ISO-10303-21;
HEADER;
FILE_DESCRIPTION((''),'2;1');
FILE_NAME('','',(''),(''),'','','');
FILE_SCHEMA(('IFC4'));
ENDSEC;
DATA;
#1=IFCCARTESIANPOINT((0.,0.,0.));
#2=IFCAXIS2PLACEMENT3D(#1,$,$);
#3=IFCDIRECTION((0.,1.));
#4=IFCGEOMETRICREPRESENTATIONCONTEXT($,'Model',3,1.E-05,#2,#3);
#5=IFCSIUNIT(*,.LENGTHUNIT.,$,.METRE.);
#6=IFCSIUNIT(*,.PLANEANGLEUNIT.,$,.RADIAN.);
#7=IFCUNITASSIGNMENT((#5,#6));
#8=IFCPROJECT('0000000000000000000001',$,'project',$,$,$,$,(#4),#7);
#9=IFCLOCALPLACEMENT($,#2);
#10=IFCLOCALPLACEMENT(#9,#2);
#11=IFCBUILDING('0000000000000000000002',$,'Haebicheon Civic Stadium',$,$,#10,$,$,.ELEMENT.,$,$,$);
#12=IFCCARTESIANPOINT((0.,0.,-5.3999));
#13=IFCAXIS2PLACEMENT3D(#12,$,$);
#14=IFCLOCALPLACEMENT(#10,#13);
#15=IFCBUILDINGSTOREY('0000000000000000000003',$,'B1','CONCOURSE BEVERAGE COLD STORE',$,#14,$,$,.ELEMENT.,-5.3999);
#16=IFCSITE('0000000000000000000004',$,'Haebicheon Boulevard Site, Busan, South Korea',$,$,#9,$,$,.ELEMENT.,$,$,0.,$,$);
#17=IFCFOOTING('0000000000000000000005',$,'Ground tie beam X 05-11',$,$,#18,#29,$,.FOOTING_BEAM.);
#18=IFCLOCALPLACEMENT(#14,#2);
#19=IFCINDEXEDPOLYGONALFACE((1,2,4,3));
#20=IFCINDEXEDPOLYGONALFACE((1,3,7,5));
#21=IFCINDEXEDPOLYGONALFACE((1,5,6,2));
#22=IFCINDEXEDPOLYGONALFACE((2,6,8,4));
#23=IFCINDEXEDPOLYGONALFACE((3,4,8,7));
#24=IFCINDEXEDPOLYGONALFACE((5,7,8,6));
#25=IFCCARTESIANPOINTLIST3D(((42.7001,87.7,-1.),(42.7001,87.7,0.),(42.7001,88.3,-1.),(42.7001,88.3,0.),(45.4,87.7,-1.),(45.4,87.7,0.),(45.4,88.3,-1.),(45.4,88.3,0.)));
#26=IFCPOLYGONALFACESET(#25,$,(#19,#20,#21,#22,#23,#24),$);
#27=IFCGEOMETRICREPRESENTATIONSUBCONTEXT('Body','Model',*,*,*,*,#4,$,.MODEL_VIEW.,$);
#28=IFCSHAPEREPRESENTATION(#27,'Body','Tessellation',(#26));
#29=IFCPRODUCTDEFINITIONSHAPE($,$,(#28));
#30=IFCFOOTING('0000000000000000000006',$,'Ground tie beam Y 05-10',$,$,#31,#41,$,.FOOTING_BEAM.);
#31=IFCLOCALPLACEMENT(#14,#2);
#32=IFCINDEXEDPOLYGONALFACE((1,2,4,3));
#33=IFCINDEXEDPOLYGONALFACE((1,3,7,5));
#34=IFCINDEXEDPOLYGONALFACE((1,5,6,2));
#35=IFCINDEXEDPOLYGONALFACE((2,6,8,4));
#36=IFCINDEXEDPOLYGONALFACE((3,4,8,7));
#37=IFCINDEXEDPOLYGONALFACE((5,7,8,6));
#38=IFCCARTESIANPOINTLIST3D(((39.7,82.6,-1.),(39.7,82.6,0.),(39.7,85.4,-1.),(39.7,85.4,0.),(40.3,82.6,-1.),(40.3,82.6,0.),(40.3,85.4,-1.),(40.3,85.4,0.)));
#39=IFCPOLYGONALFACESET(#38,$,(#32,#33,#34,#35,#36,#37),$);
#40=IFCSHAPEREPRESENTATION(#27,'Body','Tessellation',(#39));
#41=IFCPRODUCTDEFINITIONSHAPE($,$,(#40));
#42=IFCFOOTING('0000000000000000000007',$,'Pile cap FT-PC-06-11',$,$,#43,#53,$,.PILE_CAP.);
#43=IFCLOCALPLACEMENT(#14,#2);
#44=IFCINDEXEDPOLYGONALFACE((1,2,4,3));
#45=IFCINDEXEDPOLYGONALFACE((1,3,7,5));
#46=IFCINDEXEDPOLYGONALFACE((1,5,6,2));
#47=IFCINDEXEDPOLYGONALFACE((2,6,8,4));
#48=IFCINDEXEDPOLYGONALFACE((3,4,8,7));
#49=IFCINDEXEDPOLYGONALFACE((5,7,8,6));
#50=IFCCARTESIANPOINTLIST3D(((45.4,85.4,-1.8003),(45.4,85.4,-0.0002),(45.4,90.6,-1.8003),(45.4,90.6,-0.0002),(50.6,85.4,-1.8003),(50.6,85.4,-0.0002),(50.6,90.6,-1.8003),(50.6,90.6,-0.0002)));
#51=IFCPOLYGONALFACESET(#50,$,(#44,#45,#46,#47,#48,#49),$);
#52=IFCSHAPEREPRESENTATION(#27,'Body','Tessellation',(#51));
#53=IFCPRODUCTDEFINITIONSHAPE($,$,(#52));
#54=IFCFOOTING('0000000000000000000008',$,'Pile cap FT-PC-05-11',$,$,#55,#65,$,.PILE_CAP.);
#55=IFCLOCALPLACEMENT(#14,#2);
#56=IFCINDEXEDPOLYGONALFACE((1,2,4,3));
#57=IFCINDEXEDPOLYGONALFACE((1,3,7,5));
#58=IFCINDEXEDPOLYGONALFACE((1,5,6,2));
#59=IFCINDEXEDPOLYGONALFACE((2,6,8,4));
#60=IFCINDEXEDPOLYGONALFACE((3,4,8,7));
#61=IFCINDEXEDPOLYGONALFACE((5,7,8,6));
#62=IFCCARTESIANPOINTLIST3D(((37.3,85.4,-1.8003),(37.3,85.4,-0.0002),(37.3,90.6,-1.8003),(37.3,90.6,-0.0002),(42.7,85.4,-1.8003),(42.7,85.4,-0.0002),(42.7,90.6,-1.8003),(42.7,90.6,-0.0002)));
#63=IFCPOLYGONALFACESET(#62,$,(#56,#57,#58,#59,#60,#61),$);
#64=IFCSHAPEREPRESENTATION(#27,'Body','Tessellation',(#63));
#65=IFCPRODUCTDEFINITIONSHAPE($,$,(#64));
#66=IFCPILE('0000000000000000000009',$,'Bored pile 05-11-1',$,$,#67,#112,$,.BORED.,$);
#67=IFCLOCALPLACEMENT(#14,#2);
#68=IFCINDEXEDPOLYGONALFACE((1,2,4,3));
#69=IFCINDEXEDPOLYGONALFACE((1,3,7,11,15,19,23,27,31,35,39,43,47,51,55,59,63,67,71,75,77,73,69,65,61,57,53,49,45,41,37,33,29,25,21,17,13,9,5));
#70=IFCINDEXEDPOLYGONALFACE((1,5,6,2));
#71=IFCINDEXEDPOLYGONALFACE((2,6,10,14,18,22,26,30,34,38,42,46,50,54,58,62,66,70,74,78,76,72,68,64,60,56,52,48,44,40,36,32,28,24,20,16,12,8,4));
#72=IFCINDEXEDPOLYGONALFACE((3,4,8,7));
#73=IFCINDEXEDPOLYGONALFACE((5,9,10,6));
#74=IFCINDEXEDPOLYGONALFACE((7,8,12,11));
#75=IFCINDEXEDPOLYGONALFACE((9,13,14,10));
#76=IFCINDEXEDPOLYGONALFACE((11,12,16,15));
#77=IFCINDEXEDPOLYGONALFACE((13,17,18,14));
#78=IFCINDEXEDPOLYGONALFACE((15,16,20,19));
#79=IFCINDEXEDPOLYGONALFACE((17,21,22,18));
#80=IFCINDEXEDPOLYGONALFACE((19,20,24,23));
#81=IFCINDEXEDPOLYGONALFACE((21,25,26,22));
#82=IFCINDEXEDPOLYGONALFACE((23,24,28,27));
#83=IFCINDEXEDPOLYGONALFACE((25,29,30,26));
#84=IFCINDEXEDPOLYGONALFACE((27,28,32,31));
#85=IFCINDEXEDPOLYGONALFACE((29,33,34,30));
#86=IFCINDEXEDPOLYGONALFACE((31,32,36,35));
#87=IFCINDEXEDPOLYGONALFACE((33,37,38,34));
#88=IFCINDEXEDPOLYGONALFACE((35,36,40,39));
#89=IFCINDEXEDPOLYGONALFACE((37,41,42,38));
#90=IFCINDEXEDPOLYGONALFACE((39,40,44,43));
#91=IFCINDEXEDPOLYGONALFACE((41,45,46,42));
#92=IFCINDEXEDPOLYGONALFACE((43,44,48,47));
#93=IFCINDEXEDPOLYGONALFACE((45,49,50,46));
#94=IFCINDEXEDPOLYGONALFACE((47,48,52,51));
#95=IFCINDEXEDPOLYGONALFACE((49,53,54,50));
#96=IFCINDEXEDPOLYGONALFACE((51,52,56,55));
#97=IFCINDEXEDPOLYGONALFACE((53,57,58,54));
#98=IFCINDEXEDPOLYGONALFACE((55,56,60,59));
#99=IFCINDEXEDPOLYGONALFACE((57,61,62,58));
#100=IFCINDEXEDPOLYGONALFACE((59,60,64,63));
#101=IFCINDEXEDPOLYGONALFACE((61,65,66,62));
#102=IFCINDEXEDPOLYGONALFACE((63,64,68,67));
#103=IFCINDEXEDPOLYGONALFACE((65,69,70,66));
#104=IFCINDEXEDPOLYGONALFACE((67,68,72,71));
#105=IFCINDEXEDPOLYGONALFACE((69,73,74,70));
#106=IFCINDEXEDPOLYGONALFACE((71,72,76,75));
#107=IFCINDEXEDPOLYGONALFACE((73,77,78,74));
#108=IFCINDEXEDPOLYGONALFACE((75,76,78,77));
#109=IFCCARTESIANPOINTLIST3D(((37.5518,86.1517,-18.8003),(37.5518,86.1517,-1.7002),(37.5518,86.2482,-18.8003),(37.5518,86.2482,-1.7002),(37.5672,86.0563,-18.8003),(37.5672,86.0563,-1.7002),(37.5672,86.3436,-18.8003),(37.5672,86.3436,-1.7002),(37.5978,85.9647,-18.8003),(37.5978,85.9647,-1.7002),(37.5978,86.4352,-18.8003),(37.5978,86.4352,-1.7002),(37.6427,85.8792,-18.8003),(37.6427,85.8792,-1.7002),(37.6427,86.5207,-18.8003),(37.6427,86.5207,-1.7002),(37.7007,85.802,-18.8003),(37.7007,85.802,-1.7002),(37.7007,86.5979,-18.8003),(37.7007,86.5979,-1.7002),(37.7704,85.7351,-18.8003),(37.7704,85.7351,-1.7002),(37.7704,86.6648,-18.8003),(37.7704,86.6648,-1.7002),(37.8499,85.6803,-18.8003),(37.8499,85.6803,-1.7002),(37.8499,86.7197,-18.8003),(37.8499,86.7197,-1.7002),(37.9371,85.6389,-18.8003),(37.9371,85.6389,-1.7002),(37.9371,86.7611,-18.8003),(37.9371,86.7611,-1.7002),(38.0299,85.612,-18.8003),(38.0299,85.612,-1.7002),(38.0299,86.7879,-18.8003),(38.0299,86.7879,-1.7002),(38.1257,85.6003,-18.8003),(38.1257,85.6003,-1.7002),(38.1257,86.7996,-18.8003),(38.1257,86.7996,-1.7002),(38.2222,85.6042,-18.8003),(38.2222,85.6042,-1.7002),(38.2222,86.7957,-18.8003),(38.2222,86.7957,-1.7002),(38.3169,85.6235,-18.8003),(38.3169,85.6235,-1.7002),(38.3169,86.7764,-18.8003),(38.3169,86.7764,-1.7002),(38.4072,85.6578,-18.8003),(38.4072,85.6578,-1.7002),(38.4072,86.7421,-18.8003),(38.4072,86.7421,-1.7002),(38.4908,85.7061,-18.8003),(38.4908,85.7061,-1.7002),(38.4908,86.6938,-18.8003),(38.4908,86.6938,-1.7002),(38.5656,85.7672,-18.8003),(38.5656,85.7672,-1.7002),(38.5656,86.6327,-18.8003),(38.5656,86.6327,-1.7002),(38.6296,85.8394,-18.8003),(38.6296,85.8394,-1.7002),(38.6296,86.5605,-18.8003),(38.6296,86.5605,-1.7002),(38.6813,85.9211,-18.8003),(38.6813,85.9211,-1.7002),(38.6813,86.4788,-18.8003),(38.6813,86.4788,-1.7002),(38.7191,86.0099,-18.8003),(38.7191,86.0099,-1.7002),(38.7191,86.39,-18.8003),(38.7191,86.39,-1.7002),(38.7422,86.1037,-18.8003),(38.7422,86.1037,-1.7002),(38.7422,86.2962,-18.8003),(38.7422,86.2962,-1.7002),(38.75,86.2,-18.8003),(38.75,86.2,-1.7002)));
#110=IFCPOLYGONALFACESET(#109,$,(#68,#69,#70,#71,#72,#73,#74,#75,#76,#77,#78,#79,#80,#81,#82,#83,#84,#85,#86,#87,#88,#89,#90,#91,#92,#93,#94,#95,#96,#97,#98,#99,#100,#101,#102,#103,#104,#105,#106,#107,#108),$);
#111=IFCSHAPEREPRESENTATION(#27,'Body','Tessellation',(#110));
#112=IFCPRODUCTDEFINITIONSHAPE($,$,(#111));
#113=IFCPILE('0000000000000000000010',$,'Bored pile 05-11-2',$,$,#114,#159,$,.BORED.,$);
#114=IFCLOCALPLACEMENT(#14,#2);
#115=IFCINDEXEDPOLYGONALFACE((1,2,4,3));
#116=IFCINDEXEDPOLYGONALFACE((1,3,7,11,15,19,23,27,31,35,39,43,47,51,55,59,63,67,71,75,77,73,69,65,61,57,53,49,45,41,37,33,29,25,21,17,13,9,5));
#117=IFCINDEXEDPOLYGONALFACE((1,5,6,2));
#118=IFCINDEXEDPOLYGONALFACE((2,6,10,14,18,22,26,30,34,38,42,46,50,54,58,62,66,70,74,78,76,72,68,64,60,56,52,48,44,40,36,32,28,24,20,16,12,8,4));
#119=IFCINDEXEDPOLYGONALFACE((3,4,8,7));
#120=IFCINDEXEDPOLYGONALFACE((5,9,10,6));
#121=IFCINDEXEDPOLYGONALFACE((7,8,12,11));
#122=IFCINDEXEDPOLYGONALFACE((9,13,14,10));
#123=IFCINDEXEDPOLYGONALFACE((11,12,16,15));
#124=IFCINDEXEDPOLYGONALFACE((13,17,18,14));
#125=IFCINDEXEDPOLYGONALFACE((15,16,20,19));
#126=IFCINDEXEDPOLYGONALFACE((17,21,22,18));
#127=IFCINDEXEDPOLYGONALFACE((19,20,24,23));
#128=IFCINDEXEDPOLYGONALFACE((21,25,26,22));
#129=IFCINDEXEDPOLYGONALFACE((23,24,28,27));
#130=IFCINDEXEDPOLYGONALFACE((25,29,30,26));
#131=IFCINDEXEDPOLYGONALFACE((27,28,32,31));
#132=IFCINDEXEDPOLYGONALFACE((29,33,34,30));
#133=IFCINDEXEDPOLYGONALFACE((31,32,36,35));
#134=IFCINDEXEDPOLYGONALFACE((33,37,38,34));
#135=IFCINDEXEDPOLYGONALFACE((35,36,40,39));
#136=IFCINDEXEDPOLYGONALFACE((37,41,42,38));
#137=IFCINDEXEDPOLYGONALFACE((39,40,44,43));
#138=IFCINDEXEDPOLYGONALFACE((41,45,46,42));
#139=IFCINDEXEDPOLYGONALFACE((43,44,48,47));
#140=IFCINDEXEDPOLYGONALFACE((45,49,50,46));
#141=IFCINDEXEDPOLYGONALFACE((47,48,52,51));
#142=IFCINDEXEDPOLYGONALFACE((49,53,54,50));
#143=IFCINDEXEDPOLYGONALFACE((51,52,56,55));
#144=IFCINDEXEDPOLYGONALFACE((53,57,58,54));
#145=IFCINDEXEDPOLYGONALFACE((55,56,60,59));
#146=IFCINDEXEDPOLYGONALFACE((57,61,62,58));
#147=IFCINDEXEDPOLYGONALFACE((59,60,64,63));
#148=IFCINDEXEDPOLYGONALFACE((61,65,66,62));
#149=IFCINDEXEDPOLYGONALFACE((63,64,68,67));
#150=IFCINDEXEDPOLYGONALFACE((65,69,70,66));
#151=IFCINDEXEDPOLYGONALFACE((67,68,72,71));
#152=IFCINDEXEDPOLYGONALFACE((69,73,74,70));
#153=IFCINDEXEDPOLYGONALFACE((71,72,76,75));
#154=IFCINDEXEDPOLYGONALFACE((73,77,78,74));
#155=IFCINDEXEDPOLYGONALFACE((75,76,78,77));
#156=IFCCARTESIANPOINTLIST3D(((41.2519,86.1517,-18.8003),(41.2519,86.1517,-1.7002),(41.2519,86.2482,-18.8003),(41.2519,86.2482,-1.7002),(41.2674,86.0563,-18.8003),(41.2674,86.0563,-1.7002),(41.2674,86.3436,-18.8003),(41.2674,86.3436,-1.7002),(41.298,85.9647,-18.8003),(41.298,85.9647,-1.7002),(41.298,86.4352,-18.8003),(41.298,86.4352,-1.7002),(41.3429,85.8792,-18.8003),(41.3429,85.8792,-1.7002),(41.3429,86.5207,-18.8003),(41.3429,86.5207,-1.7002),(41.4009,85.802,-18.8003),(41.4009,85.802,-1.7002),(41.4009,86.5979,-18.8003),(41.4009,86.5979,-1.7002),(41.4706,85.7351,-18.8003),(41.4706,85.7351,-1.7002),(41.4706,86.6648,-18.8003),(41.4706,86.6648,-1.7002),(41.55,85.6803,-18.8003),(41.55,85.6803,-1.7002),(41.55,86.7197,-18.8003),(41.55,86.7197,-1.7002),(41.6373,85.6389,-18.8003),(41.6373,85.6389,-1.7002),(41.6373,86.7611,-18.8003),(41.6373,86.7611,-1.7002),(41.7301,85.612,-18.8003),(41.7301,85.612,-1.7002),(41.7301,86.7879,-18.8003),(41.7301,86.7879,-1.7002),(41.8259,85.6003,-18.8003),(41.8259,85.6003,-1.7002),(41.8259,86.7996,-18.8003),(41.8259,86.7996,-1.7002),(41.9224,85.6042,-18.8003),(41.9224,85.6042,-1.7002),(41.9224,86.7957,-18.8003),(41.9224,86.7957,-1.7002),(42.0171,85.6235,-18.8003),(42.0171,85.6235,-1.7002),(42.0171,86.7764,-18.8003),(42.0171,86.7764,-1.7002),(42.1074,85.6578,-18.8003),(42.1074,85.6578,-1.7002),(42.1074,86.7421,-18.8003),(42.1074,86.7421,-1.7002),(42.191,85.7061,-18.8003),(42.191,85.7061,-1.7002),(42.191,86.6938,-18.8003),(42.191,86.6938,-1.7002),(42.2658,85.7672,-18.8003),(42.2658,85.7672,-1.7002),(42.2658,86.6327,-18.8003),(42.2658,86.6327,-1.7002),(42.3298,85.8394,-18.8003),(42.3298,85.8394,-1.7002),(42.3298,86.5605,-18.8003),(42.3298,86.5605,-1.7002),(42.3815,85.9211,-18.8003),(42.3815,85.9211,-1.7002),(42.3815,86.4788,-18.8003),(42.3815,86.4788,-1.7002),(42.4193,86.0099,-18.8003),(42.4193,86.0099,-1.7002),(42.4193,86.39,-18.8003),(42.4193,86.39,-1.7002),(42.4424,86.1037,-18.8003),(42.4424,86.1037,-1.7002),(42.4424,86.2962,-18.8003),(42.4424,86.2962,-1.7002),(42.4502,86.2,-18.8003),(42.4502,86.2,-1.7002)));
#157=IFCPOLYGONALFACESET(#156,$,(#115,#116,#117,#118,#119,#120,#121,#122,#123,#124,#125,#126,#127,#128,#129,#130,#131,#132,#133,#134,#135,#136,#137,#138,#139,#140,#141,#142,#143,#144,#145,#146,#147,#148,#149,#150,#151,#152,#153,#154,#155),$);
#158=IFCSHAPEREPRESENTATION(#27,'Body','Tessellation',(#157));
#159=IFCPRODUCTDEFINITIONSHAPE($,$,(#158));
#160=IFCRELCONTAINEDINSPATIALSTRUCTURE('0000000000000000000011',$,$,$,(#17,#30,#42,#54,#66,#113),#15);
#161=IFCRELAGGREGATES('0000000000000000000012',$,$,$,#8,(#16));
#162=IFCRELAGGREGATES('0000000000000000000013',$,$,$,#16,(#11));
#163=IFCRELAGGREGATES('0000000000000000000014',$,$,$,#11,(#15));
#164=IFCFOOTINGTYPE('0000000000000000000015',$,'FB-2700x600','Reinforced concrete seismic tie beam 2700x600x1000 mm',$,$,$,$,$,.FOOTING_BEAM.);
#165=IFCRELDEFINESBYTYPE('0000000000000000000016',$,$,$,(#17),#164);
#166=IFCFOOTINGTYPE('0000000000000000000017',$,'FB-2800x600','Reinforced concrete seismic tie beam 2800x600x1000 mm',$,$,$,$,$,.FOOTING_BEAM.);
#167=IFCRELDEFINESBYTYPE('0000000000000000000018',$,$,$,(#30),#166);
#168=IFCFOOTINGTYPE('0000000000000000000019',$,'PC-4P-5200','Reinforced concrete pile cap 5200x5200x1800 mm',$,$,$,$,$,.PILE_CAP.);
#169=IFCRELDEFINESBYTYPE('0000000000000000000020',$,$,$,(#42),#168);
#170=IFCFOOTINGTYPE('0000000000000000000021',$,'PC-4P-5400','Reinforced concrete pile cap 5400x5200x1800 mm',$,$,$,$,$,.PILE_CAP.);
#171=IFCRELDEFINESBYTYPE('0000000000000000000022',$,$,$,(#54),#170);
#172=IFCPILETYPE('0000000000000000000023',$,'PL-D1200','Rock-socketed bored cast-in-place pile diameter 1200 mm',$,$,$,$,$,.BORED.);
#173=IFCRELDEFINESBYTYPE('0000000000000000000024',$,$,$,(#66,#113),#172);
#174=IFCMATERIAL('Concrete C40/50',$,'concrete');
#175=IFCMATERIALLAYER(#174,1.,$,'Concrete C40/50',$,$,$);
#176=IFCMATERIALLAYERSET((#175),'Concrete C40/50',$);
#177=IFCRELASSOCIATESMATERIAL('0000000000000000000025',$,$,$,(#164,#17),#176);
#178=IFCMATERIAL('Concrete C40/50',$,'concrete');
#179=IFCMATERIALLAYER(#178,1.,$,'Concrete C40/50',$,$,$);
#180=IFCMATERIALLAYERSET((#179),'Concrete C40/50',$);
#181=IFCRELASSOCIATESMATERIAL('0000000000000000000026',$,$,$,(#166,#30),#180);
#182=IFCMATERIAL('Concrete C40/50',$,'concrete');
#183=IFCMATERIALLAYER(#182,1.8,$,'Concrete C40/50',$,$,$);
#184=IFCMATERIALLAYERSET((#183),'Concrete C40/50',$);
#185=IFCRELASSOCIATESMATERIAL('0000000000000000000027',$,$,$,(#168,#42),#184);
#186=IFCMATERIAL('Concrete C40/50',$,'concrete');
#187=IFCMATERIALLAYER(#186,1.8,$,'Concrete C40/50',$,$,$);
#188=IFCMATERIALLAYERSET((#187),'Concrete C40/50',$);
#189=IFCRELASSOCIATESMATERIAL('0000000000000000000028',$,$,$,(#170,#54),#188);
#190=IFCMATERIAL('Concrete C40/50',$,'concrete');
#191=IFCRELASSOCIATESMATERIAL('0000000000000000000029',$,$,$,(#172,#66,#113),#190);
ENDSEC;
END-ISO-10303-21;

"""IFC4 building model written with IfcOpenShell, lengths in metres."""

from ifc_helpers import new_model, si_unit, direction, frame, origin, origin_2d, place, context, subcontext, project, spatial, rectangle, circle, extrude, material, layer, layer_set, material_profile, profile_set, type_object, element, save


model = new_model("IFC4")

# Units and contexts
model_context = context("Model", 3, precision=1e-05, world=origin(), true_north=direction((0.0, 1.0)))
body_context = subcontext(model_context, "Body", "Model", "MODEL_VIEW")
ifc_project = project(units=[si_unit("LENGTHUNIT", "METRE"), si_unit("PLANEANGLEUNIT", "RADIAN")], contexts=[model_context])

# Site, building, storey
site_placement = place(None, origin())
site = spatial("IfcSite", under=ifc_project, at=site_placement, Name="Haebicheon Boulevard Site, Busan, South Korea", CompositionType="ELEMENT", RefElevation=0.0)
building_placement = place(site_placement, origin())
building = spatial("IfcBuilding", under=site, at=building_placement, Name="Haebicheon Civic Stadium", CompositionType="ELEMENT")
storey_placement = place(building_placement, frame((0.0, 0.0, -5.3999)))
storey = spatial("IfcBuildingStorey", under=building, at=storey_placement, Name="B1", Description="CONCOURSE BEVERAGE COLD STORE", CompositionType="ELEMENT", Elevation=-5.3999)

# Footings
ifc_material_1 = material(Name="Concrete C40/50", Category="concrete")
ifc_layer_1 = layer(ifc_material_1, 1.0, Name="Concrete C40/50")
ifc_layer_set_1 = layer_set([ifc_layer_1], Name="Concrete C40/50")
footing_type_1 = type_object("IfcFootingType", Name="FB-2700x600", Description="Reinforced concrete seismic tie beam 2700x600x1000 mm", PredefinedType="FOOTING_BEAM", material=ifc_layer_set_1)
footing_1_placement = place(storey_placement, frame((44.05, 88.0, -1.0), z_axis=(0.0, 0.0, 1.0), x_axis=(1.0, 0.0, 0.0)))
element("IfcFooting", 1, at=footing_1_placement, inside=storey, type_object=footing_type_1, material=ifc_layer_set_1, Name="Ground tie beam X 05-11", PredefinedType="FOOTING_BEAM", context=body_context, shape_type="SweptSolid", body=[
    extrude(rectangle(XDim=2.7, YDim=0.6001, at=origin_2d()), origin(), (0.0, 0.0, 1.0), 1.0),
])
ifc_material_2 = material(Name="Concrete C40/50", Category="concrete")
ifc_layer_2 = layer(ifc_material_2, 1.0, Name="Concrete C40/50")
ifc_layer_set_2 = layer_set([ifc_layer_2], Name="Concrete C40/50")
footing_type_2 = type_object("IfcFootingType", Name="FB-2800x600", Description="Reinforced concrete seismic tie beam 2800x600x1000 mm", PredefinedType="FOOTING_BEAM", material=ifc_layer_set_2)
footing_2_placement = place(storey_placement, frame((40.0, 84.0, -1.0), z_axis=(0.0, 0.0, 1.0), x_axis=(0.0, 1.0, 0.0)))
element("IfcFooting", 2, at=footing_2_placement, inside=storey, type_object=footing_type_2, material=ifc_layer_set_2, Name="Ground tie beam Y 05-10", PredefinedType="FOOTING_BEAM", context=body_context, shape_type="SweptSolid", body=[
    extrude(rectangle(XDim=2.8, YDim=0.6001, at=origin_2d()), origin(), (0.0, 0.0, 1.0), 1.0),
])
ifc_material_3 = material(Name="Concrete C40/50", Category="concrete")
ifc_layer_3 = layer(ifc_material_3, 1.8, Name="Concrete C40/50")
ifc_layer_set_3 = layer_set([ifc_layer_3], Name="Concrete C40/50")
footing_type_3 = type_object("IfcFootingType", Name="PC-4P-5200", Description="Reinforced concrete pile cap 5200x5200x1800 mm", PredefinedType="PILE_CAP", material=ifc_layer_set_3)
footing_3_placement = place(storey_placement, frame((48.0, 88.0, -1.8003), z_axis=(0.0, 0.0, 1.0), x_axis=(1.0, 0.0, 0.0)))
element("IfcFooting", 3, at=footing_3_placement, inside=storey, type_object=footing_type_3, material=ifc_layer_set_3, Name="Pile cap FT-PC-06-11", PredefinedType="PILE_CAP", context=body_context, shape_type="SweptSolid", body=[
    extrude(rectangle(XDim=5.2, YDim=5.2, at=origin_2d()), origin(), (0.0, 0.0, 1.0), 1.8),
])
ifc_material_4 = material(Name="Concrete C40/50", Category="concrete")
ifc_layer_4 = layer(ifc_material_4, 1.8, Name="Concrete C40/50")
ifc_layer_set_4 = layer_set([ifc_layer_4], Name="Concrete C40/50")
footing_type_4 = type_object("IfcFootingType", Name="PC-4P-5400", Description="Reinforced concrete pile cap 5400x5200x1800 mm", PredefinedType="PILE_CAP", material=ifc_layer_set_4)
footing_4_placement = place(storey_placement, frame((40.0, 88.0, -1.8003), z_axis=(0.0, 0.0, 1.0), x_axis=(1.0, 0.0, 0.0)))
element("IfcFooting", 4, at=footing_4_placement, inside=storey, type_object=footing_type_4, material=ifc_layer_set_4, Name="Pile cap FT-PC-05-11", PredefinedType="PILE_CAP", context=body_context, shape_type="SweptSolid", body=[
    extrude(rectangle(XDim=5.3999, YDim=5.2, at=origin_2d()), origin(), (0.0, 0.0, 1.0), 1.8),
])

# Piles
ifc_material_5 = material(Name="Concrete C40/50", Category="concrete")
ifc_material_profile_1 = material_profile(ifc_material_5, circle(Radius=0.6001, at=origin_2d()), Name="PILE-D1200")
ifc_profile_set_1 = profile_set([ifc_material_profile_1], Name="Concrete C40/50")
pile_type = type_object("IfcPileType", Name="PL-D1200", Description="Rock-socketed bored cast-in-place pile diameter 1200 mm", PredefinedType="BORED", material=ifc_profile_set_1)
for number, where, z_axis, x_axis, name in (
    (5, (38.1499, 86.2, -1.7002), (0.0, 0.0, -1.0), (1.0, 0.0, 0.0), "Bored pile 05-11-1"),
    (6, (41.8501, 86.2, -1.7002), (0.0, 0.0, -1.0), (1.0, 0.0, 0.0), "Bored pile 05-11-2"),
):
    element("IfcPile", number, at=place(storey_placement, frame(where, z_axis=z_axis, x_axis=x_axis)), inside=storey, type_object=pile_type, material=ifc_profile_set_1, Name=name, PredefinedType="BORED", context=body_context, shape_type="SweptSolid", body=[
        extrude(circle(Radius=0.6001, at=origin_2d()), origin(), (0.0, 0.0, 1.0), 17.1001),
    ])

save(model, "model.ifc")
